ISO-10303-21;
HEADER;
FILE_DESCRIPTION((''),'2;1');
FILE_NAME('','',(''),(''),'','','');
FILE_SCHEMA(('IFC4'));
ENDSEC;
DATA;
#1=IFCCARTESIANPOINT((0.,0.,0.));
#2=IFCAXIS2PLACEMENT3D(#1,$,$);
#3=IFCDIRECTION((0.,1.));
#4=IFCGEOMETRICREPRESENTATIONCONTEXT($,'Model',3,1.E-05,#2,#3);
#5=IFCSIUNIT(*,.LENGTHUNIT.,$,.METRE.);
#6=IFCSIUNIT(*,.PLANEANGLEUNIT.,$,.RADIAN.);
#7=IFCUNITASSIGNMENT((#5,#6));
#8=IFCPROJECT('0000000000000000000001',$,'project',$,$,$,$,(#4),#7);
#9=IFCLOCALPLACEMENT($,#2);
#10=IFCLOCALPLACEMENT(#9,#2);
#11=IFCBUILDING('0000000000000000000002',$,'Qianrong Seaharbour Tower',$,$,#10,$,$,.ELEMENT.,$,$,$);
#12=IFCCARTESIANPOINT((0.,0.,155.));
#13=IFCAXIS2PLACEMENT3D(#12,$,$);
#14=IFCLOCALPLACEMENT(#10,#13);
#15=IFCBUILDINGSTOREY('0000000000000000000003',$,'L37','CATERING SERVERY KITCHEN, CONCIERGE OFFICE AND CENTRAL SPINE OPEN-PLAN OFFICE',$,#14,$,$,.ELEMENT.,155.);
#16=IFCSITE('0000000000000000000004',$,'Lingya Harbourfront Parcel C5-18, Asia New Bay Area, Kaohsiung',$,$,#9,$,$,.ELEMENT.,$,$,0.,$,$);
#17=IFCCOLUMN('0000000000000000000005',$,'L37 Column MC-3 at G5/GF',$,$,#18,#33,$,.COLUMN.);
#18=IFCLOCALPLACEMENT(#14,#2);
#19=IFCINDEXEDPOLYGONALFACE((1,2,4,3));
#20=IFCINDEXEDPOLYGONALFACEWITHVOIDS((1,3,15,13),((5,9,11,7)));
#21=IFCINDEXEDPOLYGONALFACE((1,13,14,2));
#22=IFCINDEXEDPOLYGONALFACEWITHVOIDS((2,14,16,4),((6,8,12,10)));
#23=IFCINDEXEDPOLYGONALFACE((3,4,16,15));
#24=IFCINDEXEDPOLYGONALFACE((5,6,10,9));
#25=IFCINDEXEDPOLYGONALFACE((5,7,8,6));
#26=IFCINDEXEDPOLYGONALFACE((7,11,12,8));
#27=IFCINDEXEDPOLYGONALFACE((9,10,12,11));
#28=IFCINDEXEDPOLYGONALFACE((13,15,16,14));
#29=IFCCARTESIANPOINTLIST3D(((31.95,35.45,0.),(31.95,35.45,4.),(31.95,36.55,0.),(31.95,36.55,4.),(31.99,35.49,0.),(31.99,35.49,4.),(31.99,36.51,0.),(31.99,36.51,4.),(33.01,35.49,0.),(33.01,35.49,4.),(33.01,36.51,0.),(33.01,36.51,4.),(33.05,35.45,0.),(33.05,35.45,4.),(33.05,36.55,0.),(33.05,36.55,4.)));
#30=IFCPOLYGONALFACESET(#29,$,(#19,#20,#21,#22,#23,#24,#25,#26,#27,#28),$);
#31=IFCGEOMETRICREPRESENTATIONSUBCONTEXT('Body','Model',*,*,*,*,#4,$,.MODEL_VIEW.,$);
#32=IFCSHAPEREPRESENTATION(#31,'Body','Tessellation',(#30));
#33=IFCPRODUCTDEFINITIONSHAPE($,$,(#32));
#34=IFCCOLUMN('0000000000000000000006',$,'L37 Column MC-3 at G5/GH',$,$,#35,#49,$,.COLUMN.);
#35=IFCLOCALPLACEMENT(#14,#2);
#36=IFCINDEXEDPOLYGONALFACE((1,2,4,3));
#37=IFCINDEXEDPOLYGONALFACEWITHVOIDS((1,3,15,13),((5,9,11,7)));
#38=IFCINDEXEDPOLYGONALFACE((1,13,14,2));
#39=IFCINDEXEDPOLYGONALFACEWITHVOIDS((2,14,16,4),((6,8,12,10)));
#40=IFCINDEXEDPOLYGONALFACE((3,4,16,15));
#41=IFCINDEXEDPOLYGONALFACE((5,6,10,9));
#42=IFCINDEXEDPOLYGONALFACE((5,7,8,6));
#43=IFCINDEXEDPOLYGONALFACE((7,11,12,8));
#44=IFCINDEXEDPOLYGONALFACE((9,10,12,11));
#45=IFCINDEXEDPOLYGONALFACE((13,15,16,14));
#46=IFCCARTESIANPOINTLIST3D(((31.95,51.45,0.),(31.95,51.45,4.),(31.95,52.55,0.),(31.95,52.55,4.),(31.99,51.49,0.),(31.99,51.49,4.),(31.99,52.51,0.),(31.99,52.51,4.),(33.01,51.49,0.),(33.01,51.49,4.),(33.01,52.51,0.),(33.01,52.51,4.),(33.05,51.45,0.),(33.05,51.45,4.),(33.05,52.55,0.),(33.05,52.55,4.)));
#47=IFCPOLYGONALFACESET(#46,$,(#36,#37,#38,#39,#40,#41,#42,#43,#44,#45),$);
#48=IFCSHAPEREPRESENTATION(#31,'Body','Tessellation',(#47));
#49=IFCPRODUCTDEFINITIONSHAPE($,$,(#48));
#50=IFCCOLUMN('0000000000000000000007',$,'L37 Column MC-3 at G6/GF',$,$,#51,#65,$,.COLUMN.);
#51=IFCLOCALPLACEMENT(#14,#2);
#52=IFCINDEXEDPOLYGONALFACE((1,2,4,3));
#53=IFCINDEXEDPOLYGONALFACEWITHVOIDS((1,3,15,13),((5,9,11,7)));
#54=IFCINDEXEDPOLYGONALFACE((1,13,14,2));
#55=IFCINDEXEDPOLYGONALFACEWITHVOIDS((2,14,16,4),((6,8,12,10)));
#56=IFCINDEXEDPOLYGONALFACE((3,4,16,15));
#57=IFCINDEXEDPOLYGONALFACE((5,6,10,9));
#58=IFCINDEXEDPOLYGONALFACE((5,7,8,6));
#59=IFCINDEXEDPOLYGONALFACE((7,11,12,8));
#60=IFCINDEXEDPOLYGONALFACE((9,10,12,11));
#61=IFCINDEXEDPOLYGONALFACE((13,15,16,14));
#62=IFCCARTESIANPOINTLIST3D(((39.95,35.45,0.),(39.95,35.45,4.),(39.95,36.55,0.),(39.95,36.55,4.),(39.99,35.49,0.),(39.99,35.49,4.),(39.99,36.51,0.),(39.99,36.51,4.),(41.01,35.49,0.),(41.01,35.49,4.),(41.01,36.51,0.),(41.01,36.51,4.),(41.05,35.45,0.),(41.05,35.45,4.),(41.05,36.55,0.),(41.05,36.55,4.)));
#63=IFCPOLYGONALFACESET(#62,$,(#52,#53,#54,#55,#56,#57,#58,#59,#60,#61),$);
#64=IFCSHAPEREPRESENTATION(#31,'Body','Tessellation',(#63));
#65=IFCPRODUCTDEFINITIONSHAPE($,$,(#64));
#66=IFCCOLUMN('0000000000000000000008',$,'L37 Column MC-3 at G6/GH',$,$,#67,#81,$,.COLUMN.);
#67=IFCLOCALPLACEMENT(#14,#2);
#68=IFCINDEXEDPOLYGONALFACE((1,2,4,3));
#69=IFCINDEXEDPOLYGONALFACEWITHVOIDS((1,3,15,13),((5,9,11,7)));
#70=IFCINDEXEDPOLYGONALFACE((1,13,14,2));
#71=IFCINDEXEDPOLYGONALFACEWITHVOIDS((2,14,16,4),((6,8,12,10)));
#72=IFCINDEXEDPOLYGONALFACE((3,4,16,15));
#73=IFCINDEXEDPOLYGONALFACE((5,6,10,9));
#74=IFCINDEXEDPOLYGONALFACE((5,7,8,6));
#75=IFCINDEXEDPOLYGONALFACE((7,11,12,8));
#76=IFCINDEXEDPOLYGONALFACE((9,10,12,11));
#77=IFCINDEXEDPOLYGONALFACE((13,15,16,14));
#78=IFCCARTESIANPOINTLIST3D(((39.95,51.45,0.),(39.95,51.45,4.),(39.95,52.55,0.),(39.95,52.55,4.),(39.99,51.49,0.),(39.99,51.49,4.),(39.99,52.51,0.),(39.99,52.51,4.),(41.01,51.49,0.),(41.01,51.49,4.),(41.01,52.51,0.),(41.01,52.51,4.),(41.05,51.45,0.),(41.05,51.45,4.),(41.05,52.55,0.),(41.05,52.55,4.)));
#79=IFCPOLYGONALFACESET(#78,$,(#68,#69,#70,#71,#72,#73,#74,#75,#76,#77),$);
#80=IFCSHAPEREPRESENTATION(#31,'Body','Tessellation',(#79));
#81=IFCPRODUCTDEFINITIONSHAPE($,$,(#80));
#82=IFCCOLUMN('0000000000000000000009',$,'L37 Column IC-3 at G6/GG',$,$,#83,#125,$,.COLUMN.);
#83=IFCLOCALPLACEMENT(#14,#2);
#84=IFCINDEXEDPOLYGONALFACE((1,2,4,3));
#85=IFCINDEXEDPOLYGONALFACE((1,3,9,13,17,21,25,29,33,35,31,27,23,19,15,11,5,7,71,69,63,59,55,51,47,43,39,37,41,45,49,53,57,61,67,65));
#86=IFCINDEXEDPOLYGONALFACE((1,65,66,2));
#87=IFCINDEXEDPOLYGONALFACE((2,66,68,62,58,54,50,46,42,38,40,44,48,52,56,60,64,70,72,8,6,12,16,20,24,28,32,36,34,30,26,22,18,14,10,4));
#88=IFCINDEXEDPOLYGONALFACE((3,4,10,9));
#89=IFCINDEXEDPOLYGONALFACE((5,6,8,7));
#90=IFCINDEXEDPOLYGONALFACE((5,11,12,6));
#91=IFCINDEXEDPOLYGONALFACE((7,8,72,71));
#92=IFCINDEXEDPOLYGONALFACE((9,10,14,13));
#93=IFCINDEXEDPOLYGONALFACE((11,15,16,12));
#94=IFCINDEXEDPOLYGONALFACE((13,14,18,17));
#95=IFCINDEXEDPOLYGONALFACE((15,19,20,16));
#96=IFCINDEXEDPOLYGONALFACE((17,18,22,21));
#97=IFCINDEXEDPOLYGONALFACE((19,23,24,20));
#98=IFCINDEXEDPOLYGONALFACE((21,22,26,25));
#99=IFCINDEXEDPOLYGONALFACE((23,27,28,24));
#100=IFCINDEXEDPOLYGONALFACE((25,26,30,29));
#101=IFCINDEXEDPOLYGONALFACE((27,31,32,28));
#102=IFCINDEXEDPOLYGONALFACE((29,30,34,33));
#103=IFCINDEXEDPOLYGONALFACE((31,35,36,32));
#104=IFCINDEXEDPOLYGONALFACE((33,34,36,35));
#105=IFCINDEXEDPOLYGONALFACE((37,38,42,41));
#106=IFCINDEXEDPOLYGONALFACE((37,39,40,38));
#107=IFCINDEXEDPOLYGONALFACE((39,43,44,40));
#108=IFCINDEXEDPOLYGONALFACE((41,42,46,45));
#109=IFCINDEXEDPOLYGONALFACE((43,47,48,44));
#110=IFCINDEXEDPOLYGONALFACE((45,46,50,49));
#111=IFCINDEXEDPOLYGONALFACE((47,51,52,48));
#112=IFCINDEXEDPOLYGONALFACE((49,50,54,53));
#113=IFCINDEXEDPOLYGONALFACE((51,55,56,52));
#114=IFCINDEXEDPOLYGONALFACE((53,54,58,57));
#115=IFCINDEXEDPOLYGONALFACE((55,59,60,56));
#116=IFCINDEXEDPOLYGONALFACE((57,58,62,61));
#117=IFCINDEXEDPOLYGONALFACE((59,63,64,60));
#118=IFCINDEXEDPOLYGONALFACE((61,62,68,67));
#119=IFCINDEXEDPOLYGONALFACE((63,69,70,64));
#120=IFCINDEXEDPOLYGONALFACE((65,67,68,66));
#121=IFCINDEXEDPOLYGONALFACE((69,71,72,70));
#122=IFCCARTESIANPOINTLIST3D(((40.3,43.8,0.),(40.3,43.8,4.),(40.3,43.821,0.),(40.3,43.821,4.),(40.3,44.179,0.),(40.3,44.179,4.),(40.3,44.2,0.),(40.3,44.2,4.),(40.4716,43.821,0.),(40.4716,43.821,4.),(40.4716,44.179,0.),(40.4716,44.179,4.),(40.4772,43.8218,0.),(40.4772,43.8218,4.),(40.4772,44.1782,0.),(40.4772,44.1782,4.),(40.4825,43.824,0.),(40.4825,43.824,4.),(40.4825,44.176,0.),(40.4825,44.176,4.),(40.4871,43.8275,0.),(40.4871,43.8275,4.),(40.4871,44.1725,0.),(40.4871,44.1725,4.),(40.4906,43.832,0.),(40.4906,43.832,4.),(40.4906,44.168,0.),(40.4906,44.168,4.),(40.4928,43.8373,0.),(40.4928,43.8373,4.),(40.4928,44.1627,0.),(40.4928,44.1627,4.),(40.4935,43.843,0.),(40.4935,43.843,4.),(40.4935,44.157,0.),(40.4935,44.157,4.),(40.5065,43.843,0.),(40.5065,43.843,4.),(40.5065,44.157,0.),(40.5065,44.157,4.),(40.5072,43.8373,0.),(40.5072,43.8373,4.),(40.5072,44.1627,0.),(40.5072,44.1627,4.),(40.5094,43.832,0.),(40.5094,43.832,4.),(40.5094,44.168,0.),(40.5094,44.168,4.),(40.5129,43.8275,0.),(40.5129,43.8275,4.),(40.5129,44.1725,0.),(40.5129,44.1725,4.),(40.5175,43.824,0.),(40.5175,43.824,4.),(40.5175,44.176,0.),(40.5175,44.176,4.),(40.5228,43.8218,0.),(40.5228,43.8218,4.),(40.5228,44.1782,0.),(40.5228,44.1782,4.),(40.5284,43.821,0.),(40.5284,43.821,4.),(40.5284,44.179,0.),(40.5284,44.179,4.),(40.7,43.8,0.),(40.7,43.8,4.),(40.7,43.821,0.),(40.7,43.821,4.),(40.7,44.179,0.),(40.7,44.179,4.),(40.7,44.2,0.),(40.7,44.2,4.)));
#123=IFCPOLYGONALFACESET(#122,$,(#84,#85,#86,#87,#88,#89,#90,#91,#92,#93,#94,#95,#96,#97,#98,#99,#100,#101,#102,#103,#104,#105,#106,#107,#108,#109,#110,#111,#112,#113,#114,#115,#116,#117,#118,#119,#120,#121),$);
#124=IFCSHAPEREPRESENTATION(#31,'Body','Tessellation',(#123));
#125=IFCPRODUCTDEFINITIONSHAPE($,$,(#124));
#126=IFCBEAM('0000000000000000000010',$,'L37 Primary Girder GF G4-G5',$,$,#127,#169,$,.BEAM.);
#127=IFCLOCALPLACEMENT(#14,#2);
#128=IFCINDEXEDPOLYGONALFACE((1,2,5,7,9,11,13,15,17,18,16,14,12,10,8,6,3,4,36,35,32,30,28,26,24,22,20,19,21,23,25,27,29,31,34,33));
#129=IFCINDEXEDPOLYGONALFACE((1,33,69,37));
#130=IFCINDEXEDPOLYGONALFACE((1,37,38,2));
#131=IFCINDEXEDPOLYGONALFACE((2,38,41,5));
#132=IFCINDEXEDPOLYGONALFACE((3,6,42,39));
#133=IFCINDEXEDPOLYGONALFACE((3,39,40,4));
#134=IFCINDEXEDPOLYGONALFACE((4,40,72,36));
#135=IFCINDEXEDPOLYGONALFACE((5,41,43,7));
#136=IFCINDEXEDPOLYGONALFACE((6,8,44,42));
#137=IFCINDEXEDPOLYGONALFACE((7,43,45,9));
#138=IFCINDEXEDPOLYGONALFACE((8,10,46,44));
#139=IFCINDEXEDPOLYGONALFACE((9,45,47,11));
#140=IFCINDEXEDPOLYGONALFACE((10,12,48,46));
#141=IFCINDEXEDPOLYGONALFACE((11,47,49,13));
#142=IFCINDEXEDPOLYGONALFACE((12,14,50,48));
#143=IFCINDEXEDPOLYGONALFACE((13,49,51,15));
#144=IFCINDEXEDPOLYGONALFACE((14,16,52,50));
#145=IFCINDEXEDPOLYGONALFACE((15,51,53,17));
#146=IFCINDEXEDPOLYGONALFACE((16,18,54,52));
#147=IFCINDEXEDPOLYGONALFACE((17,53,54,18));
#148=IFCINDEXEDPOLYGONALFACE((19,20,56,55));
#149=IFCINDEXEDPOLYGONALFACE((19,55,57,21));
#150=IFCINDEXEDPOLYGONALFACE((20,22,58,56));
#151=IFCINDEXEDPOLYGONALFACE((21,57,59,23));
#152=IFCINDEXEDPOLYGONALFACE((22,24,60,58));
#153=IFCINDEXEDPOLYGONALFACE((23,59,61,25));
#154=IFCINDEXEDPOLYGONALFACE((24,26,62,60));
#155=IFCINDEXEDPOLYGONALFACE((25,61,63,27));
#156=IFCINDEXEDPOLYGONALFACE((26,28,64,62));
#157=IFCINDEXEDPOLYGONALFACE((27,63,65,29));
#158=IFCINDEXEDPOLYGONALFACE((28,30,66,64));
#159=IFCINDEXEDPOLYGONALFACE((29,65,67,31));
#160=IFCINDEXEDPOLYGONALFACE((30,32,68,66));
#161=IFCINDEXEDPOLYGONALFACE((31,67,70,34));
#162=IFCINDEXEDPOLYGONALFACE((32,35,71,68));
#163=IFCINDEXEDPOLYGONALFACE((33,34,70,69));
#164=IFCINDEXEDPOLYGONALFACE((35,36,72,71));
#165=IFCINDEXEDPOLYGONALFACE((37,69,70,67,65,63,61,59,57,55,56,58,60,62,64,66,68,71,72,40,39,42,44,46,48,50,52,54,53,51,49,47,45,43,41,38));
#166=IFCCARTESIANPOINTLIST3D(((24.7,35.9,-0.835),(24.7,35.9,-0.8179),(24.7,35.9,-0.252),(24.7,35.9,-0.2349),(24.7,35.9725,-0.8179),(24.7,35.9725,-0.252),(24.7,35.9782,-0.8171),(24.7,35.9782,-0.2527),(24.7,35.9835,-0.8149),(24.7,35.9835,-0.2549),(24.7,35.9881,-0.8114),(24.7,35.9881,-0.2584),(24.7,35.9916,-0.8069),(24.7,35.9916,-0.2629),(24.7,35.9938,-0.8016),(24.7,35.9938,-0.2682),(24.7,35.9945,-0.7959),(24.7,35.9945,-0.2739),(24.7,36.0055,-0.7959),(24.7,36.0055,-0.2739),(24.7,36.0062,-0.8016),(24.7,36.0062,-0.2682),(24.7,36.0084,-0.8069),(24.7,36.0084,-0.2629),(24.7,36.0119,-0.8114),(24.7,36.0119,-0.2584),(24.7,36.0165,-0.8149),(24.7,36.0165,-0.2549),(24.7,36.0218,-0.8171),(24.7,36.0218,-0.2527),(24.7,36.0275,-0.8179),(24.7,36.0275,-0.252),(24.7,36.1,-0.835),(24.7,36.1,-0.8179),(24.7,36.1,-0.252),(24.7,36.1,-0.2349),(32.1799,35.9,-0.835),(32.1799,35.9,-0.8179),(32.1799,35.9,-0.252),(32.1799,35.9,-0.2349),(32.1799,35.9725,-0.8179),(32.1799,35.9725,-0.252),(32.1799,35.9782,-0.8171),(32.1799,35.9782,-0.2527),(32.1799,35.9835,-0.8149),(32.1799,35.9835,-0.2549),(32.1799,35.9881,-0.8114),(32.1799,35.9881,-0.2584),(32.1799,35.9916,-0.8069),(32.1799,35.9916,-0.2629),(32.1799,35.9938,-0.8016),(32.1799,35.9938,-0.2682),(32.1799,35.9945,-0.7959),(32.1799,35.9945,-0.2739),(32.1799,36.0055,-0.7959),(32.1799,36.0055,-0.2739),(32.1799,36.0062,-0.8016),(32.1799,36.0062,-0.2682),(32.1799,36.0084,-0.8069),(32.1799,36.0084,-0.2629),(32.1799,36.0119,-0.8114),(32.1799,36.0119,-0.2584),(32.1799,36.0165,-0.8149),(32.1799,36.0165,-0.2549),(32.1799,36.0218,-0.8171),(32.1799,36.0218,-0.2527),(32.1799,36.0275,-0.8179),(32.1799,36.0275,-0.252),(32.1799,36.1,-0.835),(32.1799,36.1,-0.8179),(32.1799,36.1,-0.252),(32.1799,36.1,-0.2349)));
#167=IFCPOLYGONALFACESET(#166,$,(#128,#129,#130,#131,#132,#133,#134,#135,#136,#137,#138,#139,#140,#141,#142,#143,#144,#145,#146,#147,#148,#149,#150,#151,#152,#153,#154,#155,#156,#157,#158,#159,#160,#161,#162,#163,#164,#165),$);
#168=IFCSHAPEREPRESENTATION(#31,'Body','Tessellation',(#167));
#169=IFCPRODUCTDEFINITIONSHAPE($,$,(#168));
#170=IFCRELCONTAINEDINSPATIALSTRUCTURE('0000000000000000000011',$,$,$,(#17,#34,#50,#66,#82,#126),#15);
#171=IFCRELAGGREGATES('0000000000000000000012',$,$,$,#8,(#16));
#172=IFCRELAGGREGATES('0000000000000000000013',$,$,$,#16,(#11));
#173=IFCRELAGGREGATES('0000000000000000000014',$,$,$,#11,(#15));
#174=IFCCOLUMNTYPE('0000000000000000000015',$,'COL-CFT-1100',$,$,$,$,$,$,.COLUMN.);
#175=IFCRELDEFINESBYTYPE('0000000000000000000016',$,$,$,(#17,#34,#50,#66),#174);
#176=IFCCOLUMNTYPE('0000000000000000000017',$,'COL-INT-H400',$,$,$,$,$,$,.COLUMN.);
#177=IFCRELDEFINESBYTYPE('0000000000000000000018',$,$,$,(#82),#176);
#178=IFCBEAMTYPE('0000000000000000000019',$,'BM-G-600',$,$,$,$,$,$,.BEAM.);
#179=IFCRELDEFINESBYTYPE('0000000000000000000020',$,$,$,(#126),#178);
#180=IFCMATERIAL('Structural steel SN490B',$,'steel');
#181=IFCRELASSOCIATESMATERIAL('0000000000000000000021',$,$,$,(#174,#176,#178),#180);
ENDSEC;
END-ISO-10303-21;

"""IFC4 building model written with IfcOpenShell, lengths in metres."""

from ifc_helpers import new_model, si_unit, direction, frame, origin, origin_2d, place, context, subcontext, project, spatial, hollow_rectangle, i_section, extrude, material, material_profile, profile_set, type_object, element, save


model = new_model("IFC4")

# Units and contexts
model_context = context("Model", 3, precision=1e-05, world=origin(), true_north=direction((0.0, 1.0)))
body_context = subcontext(model_context, "Body", "Model", "MODEL_VIEW")
ifc_project = project(units=[si_unit("LENGTHUNIT", "METRE"), si_unit("PLANEANGLEUNIT", "RADIAN")], contexts=[model_context])

# Site, building, storey
site_placement = place(None, origin())
site = spatial("IfcSite", under=ifc_project, at=site_placement, Name="Lingya Harbourfront Parcel C5-18, Asia New Bay Area, Kaohsiung", CompositionType="ELEMENT", RefElevation=0.0)
building_placement = place(site_placement, origin())
building = spatial("IfcBuilding", under=site, at=building_placement, Name="Qianrong Seaharbour Tower", CompositionType="ELEMENT")
storey_placement = place(building_placement, frame((0.0, 0.0, 155.0)))
storey = spatial("IfcBuildingStorey", under=building, at=storey_placement, Name="L37", Description="CATERING SERVERY KITCHEN, CONCIERGE OFFICE AND CENTRAL SPINE OPEN-PLAN OFFICE", CompositionType="ELEMENT", Elevation=155.0)

# Columns
ifc_material_1 = material(Name="Structural steel SN490B", Category="steel")
ifc_material_profile_1 = material_profile(ifc_material_1, hollow_rectangle(XDim=1.1001, YDim=1.1001, WallThickness=0.04, at=origin_2d()), Name="BOX1100x1100x40")
ifc_profile_set_1 = profile_set([ifc_material_profile_1], Name="Structural steel SN490B")
column_type_1 = type_object("IfcColumnType", Name="COL-CFT-1100", PredefinedType="COLUMN", material=ifc_profile_set_1)
for number, where, z_axis, x_axis, name in (
    (1, (32.5, 36.0, 0.0), (0.0, 0.0, 1.0), (1.0, 0.0, 0.0), "L37 Column MC-3 at G5/GF"),
    (2, (32.5, 52.0, 0.0), (0.0, 0.0, 1.0), (1.0, 0.0, 0.0), "L37 Column MC-3 at G5/GH"),
    (3, (40.5, 36.0, 0.0), (0.0, 0.0, 1.0), (1.0, 0.0, 0.0), "L37 Column MC-3 at G6/GF"),
    (4, (40.5, 52.0, 0.0), (0.0, 0.0, 1.0), (1.0, 0.0, 0.0), "L37 Column MC-3 at G6/GH"),
):
    element("IfcColumn", number, at=place(storey_placement, frame(where, z_axis=z_axis, x_axis=x_axis)), inside=storey, type_object=column_type_1, Name=name, PredefinedType="COLUMN", context=body_context, shape_type="SweptSolid", body=[
        extrude(hollow_rectangle(XDim=1.1001, YDim=1.1001, WallThickness=0.04, at=origin_2d()), origin(), (0.0, 0.0, 1.0), 4.0),
    ])
ifc_material_profile_2 = material_profile(ifc_material_1, i_section(OverallWidth=0.3999, OverallDepth=0.3999, WebThickness=0.0129, FlangeThickness=0.021, FilletRadius=0.022, at=origin_2d()), Name="H400x400x13x21")
ifc_profile_set_2 = profile_set([ifc_material_profile_2], Name="Structural steel SN490B")
column_type_2 = type_object("IfcColumnType", Name="COL-INT-H400", PredefinedType="COLUMN", material=ifc_profile_set_2)
column_placement = place(storey_placement, frame((40.5, 44.0, 0.0), z_axis=(0.0, 0.0, 1.0), x_axis=(1.0, 0.0, 0.0)))
element("IfcColumn", 5, at=column_placement, inside=storey, type_object=column_type_2, Name="L37 Column IC-3 at G6/GG", PredefinedType="COLUMN", context=body_context, shape_type="SweptSolid", body=[
    extrude(i_section(OverallWidth=0.3999, OverallDepth=0.3999, WebThickness=0.0129, FlangeThickness=0.021, FilletRadius=0.022, at=origin_2d()), origin(), (0.0, 0.0, 1.0), 4.0),
])

# Beam
ifc_material_profile_3 = material_profile(ifc_material_1, i_section(OverallWidth=0.2, OverallDepth=0.6001, WebThickness=0.011, FlangeThickness=0.0171, FilletRadius=0.022, at=origin_2d()), Name="H600x200x11x17")
ifc_profile_set_3 = profile_set([ifc_material_profile_3], Name="Structural steel SN490B")
beam_type_1 = type_object("IfcBeamType", Name="BM-G-600", PredefinedType="BEAM", material=ifc_profile_set_3)
beam_1_placement = place(storey_placement, frame((24.7, 36.0, -0.5349), z_axis=(1.0, 0.0, 0.0), x_axis=(0.0, 1.0, 0.0)))
element("IfcBeam", 6, at=beam_1_placement, inside=storey, type_object=beam_type_1, Name="L37 Primary Girder GF G4-G5", PredefinedType="BEAM", context=body_context, shape_type="SweptSolid", body=[
    extrude(i_section(OverallWidth=0.2, OverallDepth=0.6001, WebThickness=0.011, FlangeThickness=0.0171, FilletRadius=0.022, at=origin_2d()), origin(), (0.0, 0.0, 1.0), 7.48),
])

save(model, "model.ifc")
